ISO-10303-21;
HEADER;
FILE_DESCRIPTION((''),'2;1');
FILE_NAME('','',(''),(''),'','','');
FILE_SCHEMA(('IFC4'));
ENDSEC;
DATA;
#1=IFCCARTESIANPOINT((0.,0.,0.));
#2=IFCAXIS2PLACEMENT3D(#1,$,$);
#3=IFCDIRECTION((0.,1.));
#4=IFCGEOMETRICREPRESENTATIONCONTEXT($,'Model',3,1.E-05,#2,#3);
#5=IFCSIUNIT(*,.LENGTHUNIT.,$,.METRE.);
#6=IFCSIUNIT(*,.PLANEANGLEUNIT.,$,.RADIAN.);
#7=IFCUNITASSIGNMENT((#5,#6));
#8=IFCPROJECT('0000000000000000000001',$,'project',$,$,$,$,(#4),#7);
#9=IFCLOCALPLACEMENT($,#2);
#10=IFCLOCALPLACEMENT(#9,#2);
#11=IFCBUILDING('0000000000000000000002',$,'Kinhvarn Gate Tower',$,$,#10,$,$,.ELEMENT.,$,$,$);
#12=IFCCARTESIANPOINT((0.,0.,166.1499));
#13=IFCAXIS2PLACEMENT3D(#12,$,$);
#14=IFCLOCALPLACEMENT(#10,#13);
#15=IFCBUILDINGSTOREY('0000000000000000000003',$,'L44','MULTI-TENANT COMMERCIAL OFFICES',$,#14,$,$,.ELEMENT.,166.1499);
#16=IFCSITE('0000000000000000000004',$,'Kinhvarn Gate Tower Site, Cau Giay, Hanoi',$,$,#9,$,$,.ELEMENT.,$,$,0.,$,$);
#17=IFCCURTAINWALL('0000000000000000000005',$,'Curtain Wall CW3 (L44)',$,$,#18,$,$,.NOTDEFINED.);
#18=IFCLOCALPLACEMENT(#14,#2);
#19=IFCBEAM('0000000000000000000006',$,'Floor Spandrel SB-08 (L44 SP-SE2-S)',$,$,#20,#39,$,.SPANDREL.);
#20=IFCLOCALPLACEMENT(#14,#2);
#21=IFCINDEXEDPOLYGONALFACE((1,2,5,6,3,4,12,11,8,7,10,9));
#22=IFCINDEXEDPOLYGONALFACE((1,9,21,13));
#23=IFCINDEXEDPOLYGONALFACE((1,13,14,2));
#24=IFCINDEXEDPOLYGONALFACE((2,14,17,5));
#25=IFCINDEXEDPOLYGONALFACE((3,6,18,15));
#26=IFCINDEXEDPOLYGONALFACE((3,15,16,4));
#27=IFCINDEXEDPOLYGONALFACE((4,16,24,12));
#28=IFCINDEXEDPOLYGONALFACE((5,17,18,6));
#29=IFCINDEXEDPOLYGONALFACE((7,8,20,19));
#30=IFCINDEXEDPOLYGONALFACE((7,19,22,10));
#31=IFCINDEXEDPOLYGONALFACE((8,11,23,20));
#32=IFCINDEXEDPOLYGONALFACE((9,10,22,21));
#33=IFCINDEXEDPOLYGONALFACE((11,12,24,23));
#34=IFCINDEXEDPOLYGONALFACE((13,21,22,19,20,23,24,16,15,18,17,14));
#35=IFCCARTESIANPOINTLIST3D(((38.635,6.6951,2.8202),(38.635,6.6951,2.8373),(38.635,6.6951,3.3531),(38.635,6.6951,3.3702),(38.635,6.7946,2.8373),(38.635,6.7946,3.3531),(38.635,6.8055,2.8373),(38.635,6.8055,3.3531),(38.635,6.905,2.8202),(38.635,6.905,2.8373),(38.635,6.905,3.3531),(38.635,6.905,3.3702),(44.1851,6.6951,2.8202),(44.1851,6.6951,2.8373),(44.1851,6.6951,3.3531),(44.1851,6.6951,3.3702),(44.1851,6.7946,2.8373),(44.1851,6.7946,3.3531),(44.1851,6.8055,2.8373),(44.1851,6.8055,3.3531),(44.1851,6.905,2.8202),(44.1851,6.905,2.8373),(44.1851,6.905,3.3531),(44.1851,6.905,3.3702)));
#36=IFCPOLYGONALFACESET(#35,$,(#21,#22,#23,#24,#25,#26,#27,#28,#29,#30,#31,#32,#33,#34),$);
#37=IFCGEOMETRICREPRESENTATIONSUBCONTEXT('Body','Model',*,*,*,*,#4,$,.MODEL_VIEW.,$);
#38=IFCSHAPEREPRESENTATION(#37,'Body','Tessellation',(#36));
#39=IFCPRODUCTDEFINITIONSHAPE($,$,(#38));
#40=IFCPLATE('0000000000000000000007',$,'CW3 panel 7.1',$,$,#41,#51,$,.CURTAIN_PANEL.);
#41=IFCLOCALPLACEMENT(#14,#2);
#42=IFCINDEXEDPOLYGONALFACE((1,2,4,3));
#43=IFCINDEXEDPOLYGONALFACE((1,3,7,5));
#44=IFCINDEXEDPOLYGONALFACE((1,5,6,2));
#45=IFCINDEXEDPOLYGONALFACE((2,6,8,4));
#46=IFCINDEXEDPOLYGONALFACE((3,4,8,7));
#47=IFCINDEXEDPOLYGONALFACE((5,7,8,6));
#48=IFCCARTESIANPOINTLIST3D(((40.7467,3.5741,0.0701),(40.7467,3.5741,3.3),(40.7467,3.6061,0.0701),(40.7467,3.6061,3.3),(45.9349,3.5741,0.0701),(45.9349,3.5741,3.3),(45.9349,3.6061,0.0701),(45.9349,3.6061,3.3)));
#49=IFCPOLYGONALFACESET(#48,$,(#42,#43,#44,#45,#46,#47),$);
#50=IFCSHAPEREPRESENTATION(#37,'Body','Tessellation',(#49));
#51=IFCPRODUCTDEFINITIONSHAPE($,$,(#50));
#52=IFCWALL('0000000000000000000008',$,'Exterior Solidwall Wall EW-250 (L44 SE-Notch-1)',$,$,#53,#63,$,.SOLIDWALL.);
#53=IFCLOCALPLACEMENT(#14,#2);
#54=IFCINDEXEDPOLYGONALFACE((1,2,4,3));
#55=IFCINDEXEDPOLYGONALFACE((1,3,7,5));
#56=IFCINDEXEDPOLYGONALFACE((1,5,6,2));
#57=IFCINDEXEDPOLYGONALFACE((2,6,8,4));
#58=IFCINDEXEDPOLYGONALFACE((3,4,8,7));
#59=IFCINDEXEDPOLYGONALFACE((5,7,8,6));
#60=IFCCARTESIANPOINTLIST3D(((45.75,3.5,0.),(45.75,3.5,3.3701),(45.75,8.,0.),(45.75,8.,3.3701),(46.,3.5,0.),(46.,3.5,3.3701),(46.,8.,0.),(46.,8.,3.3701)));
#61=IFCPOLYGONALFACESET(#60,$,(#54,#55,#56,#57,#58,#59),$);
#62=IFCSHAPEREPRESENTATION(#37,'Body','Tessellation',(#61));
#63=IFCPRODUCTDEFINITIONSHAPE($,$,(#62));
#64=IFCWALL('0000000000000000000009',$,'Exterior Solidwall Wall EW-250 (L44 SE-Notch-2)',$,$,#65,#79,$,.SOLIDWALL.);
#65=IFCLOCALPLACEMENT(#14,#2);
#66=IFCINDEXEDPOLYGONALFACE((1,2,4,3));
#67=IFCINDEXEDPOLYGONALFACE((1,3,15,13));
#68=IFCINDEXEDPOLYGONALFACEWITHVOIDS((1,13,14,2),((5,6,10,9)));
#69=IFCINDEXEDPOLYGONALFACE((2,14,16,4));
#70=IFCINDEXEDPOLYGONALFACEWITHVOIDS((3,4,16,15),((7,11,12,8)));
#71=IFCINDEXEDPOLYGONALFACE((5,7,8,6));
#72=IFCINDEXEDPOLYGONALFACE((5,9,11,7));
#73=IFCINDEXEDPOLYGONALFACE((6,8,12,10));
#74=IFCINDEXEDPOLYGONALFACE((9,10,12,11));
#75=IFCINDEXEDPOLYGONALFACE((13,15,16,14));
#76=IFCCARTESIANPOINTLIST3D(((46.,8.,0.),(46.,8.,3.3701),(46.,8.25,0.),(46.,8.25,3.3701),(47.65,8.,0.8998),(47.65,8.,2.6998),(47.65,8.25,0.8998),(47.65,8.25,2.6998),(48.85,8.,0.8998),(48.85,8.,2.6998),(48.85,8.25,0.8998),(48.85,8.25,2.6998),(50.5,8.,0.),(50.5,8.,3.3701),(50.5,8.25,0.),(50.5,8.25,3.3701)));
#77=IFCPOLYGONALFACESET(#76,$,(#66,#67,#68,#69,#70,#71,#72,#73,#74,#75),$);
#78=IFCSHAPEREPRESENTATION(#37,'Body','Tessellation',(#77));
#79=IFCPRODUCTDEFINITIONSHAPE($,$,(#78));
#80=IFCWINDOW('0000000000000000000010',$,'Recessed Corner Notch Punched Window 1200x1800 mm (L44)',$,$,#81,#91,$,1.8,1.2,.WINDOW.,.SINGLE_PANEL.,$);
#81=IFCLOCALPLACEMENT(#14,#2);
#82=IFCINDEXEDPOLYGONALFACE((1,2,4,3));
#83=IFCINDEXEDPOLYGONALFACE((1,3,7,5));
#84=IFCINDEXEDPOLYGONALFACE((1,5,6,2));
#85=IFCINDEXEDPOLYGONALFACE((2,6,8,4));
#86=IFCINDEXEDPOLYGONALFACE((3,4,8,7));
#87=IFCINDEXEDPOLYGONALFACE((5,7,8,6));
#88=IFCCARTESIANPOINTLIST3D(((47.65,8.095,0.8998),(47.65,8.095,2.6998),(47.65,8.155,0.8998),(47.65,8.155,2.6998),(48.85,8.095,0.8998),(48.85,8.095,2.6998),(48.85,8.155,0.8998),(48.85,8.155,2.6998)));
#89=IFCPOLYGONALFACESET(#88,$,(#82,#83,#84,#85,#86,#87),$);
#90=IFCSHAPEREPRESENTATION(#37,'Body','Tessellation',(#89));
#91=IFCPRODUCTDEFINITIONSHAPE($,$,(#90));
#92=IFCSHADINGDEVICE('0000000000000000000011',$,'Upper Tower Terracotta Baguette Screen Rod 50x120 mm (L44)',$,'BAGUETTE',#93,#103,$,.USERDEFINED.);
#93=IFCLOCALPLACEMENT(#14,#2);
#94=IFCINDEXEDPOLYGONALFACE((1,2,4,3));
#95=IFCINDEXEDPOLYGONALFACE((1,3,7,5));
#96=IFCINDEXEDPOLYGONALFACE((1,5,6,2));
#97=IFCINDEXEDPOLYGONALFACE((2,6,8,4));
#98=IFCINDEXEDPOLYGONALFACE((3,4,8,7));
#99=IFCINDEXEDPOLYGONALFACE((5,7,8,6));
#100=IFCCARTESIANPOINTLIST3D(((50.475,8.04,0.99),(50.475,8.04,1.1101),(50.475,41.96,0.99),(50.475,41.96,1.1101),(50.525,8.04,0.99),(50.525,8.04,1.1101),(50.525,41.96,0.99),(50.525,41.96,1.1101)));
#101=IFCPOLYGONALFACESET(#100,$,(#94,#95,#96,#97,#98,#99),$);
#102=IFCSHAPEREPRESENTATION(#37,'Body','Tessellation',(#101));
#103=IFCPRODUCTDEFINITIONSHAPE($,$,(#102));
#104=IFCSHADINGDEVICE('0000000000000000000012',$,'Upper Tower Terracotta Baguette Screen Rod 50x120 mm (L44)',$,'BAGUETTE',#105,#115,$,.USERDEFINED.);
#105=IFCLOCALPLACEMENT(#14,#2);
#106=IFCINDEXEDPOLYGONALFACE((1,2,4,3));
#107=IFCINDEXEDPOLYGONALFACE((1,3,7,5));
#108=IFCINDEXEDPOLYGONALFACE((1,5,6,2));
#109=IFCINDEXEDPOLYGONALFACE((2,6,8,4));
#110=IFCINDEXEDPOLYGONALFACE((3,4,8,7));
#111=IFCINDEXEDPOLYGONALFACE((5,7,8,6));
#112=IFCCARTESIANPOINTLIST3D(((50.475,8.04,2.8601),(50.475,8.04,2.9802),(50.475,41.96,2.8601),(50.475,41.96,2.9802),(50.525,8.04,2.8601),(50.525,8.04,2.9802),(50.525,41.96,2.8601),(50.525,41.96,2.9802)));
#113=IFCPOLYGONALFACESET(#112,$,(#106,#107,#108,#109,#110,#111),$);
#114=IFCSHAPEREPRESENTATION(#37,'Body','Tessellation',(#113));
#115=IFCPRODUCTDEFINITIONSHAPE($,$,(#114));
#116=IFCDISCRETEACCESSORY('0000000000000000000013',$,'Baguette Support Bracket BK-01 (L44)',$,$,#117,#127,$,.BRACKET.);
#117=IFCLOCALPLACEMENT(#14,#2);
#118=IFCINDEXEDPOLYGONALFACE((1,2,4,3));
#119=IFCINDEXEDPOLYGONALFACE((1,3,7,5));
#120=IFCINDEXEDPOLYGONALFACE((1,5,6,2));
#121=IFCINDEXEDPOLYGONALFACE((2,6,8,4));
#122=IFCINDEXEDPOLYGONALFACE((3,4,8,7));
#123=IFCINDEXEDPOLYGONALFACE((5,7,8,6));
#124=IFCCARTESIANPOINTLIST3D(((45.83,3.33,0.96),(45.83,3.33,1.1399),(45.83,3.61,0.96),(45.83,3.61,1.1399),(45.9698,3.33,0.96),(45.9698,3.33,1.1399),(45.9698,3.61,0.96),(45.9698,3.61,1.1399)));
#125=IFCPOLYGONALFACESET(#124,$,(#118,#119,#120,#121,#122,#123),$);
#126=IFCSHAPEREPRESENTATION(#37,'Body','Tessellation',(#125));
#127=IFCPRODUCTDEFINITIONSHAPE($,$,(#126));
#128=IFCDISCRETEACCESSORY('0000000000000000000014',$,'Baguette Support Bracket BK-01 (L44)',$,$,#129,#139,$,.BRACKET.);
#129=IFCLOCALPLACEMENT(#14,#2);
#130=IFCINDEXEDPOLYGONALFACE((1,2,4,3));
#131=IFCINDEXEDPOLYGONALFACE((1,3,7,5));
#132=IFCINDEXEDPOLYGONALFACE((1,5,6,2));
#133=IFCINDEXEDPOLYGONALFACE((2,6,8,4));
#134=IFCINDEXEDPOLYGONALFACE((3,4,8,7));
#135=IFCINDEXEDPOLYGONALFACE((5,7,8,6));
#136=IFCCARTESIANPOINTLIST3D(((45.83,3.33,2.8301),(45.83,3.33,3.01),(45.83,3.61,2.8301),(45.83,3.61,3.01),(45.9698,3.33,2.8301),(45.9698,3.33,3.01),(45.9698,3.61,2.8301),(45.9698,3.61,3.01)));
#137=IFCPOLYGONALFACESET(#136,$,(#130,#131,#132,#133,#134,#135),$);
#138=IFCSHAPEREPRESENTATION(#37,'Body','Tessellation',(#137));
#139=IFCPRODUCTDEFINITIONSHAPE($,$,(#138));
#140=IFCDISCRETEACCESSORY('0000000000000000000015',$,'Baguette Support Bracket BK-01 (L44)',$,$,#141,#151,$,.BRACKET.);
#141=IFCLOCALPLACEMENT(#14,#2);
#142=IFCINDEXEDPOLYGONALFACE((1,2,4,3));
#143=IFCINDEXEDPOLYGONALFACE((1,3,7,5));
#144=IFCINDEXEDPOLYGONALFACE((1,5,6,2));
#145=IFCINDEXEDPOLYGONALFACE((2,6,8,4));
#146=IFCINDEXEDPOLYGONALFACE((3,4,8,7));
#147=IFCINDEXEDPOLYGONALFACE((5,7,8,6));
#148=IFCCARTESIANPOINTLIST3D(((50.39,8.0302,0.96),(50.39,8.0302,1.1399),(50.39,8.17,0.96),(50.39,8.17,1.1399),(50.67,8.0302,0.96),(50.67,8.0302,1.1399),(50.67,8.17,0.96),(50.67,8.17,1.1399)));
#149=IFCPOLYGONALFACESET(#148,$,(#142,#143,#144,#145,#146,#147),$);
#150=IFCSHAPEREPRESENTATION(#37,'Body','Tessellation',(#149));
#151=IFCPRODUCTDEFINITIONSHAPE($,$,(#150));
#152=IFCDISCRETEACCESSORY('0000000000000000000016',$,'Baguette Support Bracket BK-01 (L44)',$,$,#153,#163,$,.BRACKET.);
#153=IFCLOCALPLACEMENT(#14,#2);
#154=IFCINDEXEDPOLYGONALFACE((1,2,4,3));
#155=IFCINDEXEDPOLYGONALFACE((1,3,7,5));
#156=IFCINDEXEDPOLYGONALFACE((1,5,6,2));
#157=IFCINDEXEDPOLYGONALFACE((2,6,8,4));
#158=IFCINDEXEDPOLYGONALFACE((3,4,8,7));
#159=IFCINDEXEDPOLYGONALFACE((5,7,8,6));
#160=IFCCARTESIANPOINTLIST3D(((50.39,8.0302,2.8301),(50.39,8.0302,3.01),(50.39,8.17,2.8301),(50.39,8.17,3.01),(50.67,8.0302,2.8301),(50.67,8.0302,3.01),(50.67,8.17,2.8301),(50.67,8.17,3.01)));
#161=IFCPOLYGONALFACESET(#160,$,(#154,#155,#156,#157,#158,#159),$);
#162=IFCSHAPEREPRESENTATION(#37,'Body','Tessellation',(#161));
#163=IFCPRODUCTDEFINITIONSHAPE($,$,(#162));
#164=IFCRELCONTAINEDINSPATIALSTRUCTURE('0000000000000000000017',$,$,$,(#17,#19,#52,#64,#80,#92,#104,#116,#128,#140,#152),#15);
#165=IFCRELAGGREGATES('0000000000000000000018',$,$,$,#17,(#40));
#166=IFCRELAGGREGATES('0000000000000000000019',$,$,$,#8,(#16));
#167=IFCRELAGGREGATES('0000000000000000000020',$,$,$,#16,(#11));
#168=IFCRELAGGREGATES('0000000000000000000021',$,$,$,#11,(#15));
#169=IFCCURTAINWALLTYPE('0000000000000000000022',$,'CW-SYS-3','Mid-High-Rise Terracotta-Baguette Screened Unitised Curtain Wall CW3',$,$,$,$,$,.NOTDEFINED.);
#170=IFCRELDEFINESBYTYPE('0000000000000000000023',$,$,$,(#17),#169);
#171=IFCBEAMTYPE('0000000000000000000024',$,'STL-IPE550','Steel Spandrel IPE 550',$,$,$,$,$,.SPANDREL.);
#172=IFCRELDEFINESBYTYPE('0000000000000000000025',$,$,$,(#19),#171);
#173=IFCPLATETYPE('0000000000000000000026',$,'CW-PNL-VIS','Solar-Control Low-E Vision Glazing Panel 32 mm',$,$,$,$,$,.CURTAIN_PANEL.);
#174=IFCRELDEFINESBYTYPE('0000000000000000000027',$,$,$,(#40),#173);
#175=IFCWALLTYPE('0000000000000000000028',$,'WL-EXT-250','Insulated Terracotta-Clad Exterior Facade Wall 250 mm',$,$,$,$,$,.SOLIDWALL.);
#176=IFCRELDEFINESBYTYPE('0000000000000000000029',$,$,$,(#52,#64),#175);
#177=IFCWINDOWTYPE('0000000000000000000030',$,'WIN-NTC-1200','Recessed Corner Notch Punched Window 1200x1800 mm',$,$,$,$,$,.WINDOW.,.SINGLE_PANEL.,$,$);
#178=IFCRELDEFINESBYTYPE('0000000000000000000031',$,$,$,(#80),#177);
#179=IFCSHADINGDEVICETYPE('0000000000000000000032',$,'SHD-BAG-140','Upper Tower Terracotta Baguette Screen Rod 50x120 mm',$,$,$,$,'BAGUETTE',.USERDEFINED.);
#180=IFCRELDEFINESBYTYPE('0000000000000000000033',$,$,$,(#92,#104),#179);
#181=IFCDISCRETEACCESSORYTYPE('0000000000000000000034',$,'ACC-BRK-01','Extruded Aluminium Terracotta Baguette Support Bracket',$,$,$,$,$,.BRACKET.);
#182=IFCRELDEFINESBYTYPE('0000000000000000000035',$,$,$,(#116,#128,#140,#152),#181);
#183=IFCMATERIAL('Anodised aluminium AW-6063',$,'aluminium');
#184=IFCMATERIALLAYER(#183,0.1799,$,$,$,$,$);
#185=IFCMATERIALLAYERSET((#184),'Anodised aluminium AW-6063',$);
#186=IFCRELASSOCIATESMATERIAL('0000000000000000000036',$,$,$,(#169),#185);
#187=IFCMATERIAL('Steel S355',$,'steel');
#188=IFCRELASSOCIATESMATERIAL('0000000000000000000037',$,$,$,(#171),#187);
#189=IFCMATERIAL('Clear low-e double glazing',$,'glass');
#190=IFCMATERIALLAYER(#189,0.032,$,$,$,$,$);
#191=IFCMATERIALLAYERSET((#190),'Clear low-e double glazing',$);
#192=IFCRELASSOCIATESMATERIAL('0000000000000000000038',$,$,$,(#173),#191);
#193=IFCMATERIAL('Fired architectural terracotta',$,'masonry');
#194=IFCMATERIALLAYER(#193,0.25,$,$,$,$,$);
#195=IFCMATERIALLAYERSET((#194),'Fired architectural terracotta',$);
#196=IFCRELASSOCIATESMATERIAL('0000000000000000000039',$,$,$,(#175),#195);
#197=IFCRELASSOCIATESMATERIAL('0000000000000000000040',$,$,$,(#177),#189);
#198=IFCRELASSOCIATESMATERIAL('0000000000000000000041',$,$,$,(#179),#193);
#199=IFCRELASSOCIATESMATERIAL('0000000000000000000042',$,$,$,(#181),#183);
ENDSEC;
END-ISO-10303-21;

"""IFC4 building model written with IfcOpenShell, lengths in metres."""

from ifc_helpers import new_model, si_unit, direction, frame, frame_2d, origin, origin_2d, place, context, subcontext, project, spatial, rectangle, i_section, extrude, material, layer, layer_set, material_profile, profile_set, type_object, element, fill, aggregate, save


model = new_model("IFC4")

# Units and contexts
model_context = context("Model", 3, precision=1e-05, world=origin(), true_north=direction((0.0, 1.0)))
body_context = subcontext(model_context, "Body", "Model", "MODEL_VIEW")
ifc_project = project(units=[si_unit("LENGTHUNIT", "METRE"), si_unit("PLANEANGLEUNIT", "RADIAN")], contexts=[model_context])

# Site, building, storey
site_placement = place(None, origin())
site = spatial("IfcSite", under=ifc_project, at=site_placement, Name="Kinhvarn Gate Tower Site, Cau Giay, Hanoi", CompositionType="ELEMENT", RefElevation=0.0)
building_placement = place(site_placement, origin())
building = spatial("IfcBuilding", under=site, at=building_placement, Name="Kinhvarn Gate Tower", CompositionType="ELEMENT")
storey_placement = place(building_placement, frame((0.0, 0.0, 166.1499)))
storey = spatial("IfcBuildingStorey", under=building, at=storey_placement, Name="L44", Description="MULTI-TENANT COMMERCIAL OFFICES", CompositionType="ELEMENT", Elevation=166.1499)

# Curtain wall
ifc_material_1 = material(Name="Anodised aluminium AW-6063", Category="aluminium")
ifc_layer_1 = layer(ifc_material_1, 0.1799)
ifc_layer_set_1 = layer_set([ifc_layer_1], Name="Anodised aluminium AW-6063")
curtain_wall_type = type_object("IfcCurtainWallType", Name="CW-SYS-3", Description="Mid-High-Rise Terracotta-Baguette Screened Unitised Curtain Wall CW3", PredefinedType="NOTDEFINED", material=ifc_layer_set_1)
curtain_wall_1_placement = place(storey_placement, origin())
curtain_wall_1 = element("IfcCurtainWall", 1, at=curtain_wall_1_placement, inside=storey, type_object=curtain_wall_type, Name="Curtain Wall CW3 (L44)", PredefinedType="NOTDEFINED")

# Beam
ifc_material_2 = material(Name="Steel S355", Category="steel")
ifc_material_profile_1 = material_profile(ifc_material_2, i_section(OverallWidth=0.21, OverallDepth=0.55, WebThickness=0.011, FlangeThickness=0.0171, at=origin_2d()), Name="IPE 550")
ifc_profile_set_1 = profile_set([ifc_material_profile_1], Name="Steel S355")
beam_type_1 = type_object("IfcBeamType", Name="STL-IPE550", Description="Steel Spandrel IPE 550", PredefinedType="SPANDREL", material=ifc_profile_set_1)
for number, where, z_axis, x_axis, name in (
    (2, (38.635, 6.8, 3.0952), (1.0, 0.0, 0.0), (0.0, 1.0, 0.0), "Floor Spandrel SB-08 (L44 SP-SE2-S)"),
):
    element("IfcBeam", number, at=place(storey_placement, frame(where, z_axis=z_axis, x_axis=x_axis)), inside=storey, type_object=beam_type_1, Name=name, PredefinedType="SPANDREL", context=body_context, shape_type="SweptSolid", body=[
        extrude(i_section(OverallWidth=0.21, OverallDepth=0.55, WebThickness=0.011, FlangeThickness=0.0171, at=origin_2d()), origin(), (0.0, 0.0, 1.0), 5.55),
    ])

# Plate
ifc_material_3 = material(Name="Clear low-e double glazing", Category="glass")
ifc_layer_2 = layer(ifc_material_3, 0.032)
ifc_layer_set_2 = layer_set([ifc_layer_2], Name="Clear low-e double glazing")
plate_type = type_object("IfcPlateType", Name="CW-PNL-VIS", Description="Solar-Control Low-E Vision Glazing Panel 32 mm", PredefinedType="CURTAIN_PANEL", material=ifc_layer_set_2)
plate_placement = place(storey_placement, frame((43.3408, 3.5901, 0.0701), z_axis=(0.0, 0.0, 1.0), x_axis=(1.0, 0.0, 0.0)))
plate = element("IfcPlate", 3, at=plate_placement, type_object=plate_type, Name="CW3 panel 7.1", PredefinedType="CURTAIN_PANEL", context=body_context, shape_type="SweptSolid", body=[
    extrude(rectangle(XDim=5.1882, YDim=0.032, at=origin_2d()), origin(), (0.0, 0.0, 1.0), 3.23),
])
aggregate(curtain_wall_1, [plate])

# Wall
ifc_material_4 = material(Name="Fired architectural terracotta", Category="masonry")
ifc_layer_3 = layer(ifc_material_4, 0.25)
ifc_layer_set_3 = layer_set([ifc_layer_3], Name="Fired architectural terracotta")
wall_type = type_object("IfcWallType", Name="WL-EXT-250", Description="Insulated Terracotta-Clad Exterior Facade Wall 250 mm", PredefinedType="SOLIDWALL", material=ifc_layer_set_3)
wall_1_placement = place(storey_placement, frame((45.875, 3.5, 0.0), z_axis=(0.0, 0.0, 1.0), x_axis=(0.0, 1.0, 0.0)))
element("IfcWall", 4, at=wall_1_placement, inside=storey, type_object=wall_type, Name="Exterior Solidwall Wall EW-250 (L44 SE-Notch-1)", PredefinedType="SOLIDWALL", context=body_context, shape_type="SweptSolid", body=[
    extrude(rectangle(XDim=4.5, YDim=0.25, at=frame_2d((2.25, 0.0))), origin(), (0.0, 0.0, 1.0), 3.3701),
])

# Wall, opening, window
wall_2_placement = place(storey_placement, frame((46.0, 8.125, 0.0), z_axis=(0.0, 0.0, 1.0), x_axis=(1.0, 0.0, 0.0)))
wall_2 = element("IfcWall", 5, at=wall_2_placement, inside=storey, type_object=wall_type, Name="Exterior Solidwall Wall EW-250 (L44 SE-Notch-2)", PredefinedType="SOLIDWALL", context=body_context, shape_type="SweptSolid", body=[
    extrude(rectangle(XDim=4.5, YDim=0.25, at=frame_2d((2.25, 0.0))), origin(), (0.0, 0.0, 1.0), 3.3701),
])
opening_placement = place(wall_2_placement, frame((1.6499, 0.0, 0.8999)))
opening = element("IfcOpeningElement", 6, at=opening_placement, cuts=wall_2, PredefinedType="OPENING", context=body_context, shape_type="SweptSolid", body=[
    extrude(rectangle(XDim=1.2, YDim=1.8, at=frame_2d((0.6001, 0.8999))), frame((0.0, 0.135, 0.0), z_axis=(0.0, -1.0, 0.0), x_axis=(1.0, 0.0, 0.0)), (0.0, 0.0, 1.0), 0.27),
])
window_type = type_object("IfcWindowType", Name="WIN-NTC-1200", Description="Recessed Corner Notch Punched Window 1200x1800 mm", PartitioningType="SINGLE_PANEL", PredefinedType="WINDOW", material=ifc_material_3)
window_placement = place(opening_placement, origin())
window = element("IfcWindow", 7, at=window_placement, inside=storey, type_object=window_type, Name="Recessed Corner Notch Punched Window 1200x1800 mm (L44)", OverallHeight=1.8, OverallWidth=1.2, PartitioningType="SINGLE_PANEL", PredefinedType="WINDOW", context=body_context, shape_type="SweptSolid", body=[
    extrude(rectangle(XDim=1.2, YDim=1.8, at=frame_2d((0.6001, 0.8999))), frame((0.0, 0.03, 0.0), z_axis=(0.0, -1.0, 0.0), x_axis=(1.0, 0.0, 0.0)), (0.0, 0.0, 1.0), 0.0601),
])
fill(opening, window)

# Shading devices
ifc_material_profile_2 = material_profile(ifc_material_4, rectangle(XDim=0.05, YDim=0.1201, at=origin_2d()), Name="TC 50x120")
ifc_profile_set_2 = profile_set([ifc_material_profile_2], Name="Fired architectural terracotta")
shading_device_type = type_object("IfcShadingDeviceType", Name="SHD-BAG-140", Description="Upper Tower Terracotta Baguette Screen Rod 50x120 mm", ElementType="BAGUETTE", PredefinedType="USERDEFINED", material=ifc_profile_set_2)
for number, where, z_axis, x_axis, name in (
    (8, (50.5, 8.04, 1.05), (0.0, 1.0, 0.0), (-1.0, 0.0, 0.0), "Upper Tower Terracotta Baguette Screen Rod 50x120 mm (L44)"),
    (9, (50.5, 8.04, 2.9202), (0.0, 1.0, 0.0), (-1.0, 0.0, 0.0), "Upper Tower Terracotta Baguette Screen Rod 50x120 mm (L44)"),
):
    element("IfcShadingDevice", number, at=place(storey_placement, frame(where, z_axis=z_axis, x_axis=x_axis)), inside=storey, type_object=shading_device_type, Name=name, ObjectType="BAGUETTE", PredefinedType="USERDEFINED", context=body_context, shape_type="SweptSolid", body=[
        extrude(rectangle(XDim=0.05, YDim=0.1201, at=origin_2d()), origin(), (0.0, 0.0, 1.0), 33.9199),
    ])

# Discrete accessories
discrete_accessory_type = type_object("IfcDiscreteAccessoryType", Name="ACC-BRK-01", Description="Extruded Aluminium Terracotta Baguette Support Bracket", PredefinedType="BRACKET", material=ifc_material_1)
for number, where, z_axis, x_axis, name in (
    (10, (45.8999, 3.47, 0.96), (0.0, 0.0, 1.0), (1.0, 0.0, 0.0), "Baguette Support Bracket BK-01 (L44)"),
    (11, (45.8999, 3.47, 2.8301), (0.0, 0.0, 1.0), (1.0, 0.0, 0.0), "Baguette Support Bracket BK-01 (L44)"),
    (12, (50.53, 8.1001, 0.96), (0.0, 0.0, 1.0), (0.0, 1.0, 0.0), "Baguette Support Bracket BK-01 (L44)"),
    (13, (50.53, 8.1001, 2.8301), (0.0, 0.0, 1.0), (0.0, 1.0, 0.0), "Baguette Support Bracket BK-01 (L44)"),
):
    element("IfcDiscreteAccessory", number, at=place(storey_placement, frame(where, z_axis=z_axis, x_axis=x_axis)), inside=storey, type_object=discrete_accessory_type, Name=name, PredefinedType="BRACKET", context=body_context, shape_type="SweptSolid", body=[
        extrude(rectangle(XDim=0.1399, YDim=0.28, at=origin_2d()), origin(), (0.0, 0.0, 1.0), 0.1799),
    ])

save(model, "model.ifc")
